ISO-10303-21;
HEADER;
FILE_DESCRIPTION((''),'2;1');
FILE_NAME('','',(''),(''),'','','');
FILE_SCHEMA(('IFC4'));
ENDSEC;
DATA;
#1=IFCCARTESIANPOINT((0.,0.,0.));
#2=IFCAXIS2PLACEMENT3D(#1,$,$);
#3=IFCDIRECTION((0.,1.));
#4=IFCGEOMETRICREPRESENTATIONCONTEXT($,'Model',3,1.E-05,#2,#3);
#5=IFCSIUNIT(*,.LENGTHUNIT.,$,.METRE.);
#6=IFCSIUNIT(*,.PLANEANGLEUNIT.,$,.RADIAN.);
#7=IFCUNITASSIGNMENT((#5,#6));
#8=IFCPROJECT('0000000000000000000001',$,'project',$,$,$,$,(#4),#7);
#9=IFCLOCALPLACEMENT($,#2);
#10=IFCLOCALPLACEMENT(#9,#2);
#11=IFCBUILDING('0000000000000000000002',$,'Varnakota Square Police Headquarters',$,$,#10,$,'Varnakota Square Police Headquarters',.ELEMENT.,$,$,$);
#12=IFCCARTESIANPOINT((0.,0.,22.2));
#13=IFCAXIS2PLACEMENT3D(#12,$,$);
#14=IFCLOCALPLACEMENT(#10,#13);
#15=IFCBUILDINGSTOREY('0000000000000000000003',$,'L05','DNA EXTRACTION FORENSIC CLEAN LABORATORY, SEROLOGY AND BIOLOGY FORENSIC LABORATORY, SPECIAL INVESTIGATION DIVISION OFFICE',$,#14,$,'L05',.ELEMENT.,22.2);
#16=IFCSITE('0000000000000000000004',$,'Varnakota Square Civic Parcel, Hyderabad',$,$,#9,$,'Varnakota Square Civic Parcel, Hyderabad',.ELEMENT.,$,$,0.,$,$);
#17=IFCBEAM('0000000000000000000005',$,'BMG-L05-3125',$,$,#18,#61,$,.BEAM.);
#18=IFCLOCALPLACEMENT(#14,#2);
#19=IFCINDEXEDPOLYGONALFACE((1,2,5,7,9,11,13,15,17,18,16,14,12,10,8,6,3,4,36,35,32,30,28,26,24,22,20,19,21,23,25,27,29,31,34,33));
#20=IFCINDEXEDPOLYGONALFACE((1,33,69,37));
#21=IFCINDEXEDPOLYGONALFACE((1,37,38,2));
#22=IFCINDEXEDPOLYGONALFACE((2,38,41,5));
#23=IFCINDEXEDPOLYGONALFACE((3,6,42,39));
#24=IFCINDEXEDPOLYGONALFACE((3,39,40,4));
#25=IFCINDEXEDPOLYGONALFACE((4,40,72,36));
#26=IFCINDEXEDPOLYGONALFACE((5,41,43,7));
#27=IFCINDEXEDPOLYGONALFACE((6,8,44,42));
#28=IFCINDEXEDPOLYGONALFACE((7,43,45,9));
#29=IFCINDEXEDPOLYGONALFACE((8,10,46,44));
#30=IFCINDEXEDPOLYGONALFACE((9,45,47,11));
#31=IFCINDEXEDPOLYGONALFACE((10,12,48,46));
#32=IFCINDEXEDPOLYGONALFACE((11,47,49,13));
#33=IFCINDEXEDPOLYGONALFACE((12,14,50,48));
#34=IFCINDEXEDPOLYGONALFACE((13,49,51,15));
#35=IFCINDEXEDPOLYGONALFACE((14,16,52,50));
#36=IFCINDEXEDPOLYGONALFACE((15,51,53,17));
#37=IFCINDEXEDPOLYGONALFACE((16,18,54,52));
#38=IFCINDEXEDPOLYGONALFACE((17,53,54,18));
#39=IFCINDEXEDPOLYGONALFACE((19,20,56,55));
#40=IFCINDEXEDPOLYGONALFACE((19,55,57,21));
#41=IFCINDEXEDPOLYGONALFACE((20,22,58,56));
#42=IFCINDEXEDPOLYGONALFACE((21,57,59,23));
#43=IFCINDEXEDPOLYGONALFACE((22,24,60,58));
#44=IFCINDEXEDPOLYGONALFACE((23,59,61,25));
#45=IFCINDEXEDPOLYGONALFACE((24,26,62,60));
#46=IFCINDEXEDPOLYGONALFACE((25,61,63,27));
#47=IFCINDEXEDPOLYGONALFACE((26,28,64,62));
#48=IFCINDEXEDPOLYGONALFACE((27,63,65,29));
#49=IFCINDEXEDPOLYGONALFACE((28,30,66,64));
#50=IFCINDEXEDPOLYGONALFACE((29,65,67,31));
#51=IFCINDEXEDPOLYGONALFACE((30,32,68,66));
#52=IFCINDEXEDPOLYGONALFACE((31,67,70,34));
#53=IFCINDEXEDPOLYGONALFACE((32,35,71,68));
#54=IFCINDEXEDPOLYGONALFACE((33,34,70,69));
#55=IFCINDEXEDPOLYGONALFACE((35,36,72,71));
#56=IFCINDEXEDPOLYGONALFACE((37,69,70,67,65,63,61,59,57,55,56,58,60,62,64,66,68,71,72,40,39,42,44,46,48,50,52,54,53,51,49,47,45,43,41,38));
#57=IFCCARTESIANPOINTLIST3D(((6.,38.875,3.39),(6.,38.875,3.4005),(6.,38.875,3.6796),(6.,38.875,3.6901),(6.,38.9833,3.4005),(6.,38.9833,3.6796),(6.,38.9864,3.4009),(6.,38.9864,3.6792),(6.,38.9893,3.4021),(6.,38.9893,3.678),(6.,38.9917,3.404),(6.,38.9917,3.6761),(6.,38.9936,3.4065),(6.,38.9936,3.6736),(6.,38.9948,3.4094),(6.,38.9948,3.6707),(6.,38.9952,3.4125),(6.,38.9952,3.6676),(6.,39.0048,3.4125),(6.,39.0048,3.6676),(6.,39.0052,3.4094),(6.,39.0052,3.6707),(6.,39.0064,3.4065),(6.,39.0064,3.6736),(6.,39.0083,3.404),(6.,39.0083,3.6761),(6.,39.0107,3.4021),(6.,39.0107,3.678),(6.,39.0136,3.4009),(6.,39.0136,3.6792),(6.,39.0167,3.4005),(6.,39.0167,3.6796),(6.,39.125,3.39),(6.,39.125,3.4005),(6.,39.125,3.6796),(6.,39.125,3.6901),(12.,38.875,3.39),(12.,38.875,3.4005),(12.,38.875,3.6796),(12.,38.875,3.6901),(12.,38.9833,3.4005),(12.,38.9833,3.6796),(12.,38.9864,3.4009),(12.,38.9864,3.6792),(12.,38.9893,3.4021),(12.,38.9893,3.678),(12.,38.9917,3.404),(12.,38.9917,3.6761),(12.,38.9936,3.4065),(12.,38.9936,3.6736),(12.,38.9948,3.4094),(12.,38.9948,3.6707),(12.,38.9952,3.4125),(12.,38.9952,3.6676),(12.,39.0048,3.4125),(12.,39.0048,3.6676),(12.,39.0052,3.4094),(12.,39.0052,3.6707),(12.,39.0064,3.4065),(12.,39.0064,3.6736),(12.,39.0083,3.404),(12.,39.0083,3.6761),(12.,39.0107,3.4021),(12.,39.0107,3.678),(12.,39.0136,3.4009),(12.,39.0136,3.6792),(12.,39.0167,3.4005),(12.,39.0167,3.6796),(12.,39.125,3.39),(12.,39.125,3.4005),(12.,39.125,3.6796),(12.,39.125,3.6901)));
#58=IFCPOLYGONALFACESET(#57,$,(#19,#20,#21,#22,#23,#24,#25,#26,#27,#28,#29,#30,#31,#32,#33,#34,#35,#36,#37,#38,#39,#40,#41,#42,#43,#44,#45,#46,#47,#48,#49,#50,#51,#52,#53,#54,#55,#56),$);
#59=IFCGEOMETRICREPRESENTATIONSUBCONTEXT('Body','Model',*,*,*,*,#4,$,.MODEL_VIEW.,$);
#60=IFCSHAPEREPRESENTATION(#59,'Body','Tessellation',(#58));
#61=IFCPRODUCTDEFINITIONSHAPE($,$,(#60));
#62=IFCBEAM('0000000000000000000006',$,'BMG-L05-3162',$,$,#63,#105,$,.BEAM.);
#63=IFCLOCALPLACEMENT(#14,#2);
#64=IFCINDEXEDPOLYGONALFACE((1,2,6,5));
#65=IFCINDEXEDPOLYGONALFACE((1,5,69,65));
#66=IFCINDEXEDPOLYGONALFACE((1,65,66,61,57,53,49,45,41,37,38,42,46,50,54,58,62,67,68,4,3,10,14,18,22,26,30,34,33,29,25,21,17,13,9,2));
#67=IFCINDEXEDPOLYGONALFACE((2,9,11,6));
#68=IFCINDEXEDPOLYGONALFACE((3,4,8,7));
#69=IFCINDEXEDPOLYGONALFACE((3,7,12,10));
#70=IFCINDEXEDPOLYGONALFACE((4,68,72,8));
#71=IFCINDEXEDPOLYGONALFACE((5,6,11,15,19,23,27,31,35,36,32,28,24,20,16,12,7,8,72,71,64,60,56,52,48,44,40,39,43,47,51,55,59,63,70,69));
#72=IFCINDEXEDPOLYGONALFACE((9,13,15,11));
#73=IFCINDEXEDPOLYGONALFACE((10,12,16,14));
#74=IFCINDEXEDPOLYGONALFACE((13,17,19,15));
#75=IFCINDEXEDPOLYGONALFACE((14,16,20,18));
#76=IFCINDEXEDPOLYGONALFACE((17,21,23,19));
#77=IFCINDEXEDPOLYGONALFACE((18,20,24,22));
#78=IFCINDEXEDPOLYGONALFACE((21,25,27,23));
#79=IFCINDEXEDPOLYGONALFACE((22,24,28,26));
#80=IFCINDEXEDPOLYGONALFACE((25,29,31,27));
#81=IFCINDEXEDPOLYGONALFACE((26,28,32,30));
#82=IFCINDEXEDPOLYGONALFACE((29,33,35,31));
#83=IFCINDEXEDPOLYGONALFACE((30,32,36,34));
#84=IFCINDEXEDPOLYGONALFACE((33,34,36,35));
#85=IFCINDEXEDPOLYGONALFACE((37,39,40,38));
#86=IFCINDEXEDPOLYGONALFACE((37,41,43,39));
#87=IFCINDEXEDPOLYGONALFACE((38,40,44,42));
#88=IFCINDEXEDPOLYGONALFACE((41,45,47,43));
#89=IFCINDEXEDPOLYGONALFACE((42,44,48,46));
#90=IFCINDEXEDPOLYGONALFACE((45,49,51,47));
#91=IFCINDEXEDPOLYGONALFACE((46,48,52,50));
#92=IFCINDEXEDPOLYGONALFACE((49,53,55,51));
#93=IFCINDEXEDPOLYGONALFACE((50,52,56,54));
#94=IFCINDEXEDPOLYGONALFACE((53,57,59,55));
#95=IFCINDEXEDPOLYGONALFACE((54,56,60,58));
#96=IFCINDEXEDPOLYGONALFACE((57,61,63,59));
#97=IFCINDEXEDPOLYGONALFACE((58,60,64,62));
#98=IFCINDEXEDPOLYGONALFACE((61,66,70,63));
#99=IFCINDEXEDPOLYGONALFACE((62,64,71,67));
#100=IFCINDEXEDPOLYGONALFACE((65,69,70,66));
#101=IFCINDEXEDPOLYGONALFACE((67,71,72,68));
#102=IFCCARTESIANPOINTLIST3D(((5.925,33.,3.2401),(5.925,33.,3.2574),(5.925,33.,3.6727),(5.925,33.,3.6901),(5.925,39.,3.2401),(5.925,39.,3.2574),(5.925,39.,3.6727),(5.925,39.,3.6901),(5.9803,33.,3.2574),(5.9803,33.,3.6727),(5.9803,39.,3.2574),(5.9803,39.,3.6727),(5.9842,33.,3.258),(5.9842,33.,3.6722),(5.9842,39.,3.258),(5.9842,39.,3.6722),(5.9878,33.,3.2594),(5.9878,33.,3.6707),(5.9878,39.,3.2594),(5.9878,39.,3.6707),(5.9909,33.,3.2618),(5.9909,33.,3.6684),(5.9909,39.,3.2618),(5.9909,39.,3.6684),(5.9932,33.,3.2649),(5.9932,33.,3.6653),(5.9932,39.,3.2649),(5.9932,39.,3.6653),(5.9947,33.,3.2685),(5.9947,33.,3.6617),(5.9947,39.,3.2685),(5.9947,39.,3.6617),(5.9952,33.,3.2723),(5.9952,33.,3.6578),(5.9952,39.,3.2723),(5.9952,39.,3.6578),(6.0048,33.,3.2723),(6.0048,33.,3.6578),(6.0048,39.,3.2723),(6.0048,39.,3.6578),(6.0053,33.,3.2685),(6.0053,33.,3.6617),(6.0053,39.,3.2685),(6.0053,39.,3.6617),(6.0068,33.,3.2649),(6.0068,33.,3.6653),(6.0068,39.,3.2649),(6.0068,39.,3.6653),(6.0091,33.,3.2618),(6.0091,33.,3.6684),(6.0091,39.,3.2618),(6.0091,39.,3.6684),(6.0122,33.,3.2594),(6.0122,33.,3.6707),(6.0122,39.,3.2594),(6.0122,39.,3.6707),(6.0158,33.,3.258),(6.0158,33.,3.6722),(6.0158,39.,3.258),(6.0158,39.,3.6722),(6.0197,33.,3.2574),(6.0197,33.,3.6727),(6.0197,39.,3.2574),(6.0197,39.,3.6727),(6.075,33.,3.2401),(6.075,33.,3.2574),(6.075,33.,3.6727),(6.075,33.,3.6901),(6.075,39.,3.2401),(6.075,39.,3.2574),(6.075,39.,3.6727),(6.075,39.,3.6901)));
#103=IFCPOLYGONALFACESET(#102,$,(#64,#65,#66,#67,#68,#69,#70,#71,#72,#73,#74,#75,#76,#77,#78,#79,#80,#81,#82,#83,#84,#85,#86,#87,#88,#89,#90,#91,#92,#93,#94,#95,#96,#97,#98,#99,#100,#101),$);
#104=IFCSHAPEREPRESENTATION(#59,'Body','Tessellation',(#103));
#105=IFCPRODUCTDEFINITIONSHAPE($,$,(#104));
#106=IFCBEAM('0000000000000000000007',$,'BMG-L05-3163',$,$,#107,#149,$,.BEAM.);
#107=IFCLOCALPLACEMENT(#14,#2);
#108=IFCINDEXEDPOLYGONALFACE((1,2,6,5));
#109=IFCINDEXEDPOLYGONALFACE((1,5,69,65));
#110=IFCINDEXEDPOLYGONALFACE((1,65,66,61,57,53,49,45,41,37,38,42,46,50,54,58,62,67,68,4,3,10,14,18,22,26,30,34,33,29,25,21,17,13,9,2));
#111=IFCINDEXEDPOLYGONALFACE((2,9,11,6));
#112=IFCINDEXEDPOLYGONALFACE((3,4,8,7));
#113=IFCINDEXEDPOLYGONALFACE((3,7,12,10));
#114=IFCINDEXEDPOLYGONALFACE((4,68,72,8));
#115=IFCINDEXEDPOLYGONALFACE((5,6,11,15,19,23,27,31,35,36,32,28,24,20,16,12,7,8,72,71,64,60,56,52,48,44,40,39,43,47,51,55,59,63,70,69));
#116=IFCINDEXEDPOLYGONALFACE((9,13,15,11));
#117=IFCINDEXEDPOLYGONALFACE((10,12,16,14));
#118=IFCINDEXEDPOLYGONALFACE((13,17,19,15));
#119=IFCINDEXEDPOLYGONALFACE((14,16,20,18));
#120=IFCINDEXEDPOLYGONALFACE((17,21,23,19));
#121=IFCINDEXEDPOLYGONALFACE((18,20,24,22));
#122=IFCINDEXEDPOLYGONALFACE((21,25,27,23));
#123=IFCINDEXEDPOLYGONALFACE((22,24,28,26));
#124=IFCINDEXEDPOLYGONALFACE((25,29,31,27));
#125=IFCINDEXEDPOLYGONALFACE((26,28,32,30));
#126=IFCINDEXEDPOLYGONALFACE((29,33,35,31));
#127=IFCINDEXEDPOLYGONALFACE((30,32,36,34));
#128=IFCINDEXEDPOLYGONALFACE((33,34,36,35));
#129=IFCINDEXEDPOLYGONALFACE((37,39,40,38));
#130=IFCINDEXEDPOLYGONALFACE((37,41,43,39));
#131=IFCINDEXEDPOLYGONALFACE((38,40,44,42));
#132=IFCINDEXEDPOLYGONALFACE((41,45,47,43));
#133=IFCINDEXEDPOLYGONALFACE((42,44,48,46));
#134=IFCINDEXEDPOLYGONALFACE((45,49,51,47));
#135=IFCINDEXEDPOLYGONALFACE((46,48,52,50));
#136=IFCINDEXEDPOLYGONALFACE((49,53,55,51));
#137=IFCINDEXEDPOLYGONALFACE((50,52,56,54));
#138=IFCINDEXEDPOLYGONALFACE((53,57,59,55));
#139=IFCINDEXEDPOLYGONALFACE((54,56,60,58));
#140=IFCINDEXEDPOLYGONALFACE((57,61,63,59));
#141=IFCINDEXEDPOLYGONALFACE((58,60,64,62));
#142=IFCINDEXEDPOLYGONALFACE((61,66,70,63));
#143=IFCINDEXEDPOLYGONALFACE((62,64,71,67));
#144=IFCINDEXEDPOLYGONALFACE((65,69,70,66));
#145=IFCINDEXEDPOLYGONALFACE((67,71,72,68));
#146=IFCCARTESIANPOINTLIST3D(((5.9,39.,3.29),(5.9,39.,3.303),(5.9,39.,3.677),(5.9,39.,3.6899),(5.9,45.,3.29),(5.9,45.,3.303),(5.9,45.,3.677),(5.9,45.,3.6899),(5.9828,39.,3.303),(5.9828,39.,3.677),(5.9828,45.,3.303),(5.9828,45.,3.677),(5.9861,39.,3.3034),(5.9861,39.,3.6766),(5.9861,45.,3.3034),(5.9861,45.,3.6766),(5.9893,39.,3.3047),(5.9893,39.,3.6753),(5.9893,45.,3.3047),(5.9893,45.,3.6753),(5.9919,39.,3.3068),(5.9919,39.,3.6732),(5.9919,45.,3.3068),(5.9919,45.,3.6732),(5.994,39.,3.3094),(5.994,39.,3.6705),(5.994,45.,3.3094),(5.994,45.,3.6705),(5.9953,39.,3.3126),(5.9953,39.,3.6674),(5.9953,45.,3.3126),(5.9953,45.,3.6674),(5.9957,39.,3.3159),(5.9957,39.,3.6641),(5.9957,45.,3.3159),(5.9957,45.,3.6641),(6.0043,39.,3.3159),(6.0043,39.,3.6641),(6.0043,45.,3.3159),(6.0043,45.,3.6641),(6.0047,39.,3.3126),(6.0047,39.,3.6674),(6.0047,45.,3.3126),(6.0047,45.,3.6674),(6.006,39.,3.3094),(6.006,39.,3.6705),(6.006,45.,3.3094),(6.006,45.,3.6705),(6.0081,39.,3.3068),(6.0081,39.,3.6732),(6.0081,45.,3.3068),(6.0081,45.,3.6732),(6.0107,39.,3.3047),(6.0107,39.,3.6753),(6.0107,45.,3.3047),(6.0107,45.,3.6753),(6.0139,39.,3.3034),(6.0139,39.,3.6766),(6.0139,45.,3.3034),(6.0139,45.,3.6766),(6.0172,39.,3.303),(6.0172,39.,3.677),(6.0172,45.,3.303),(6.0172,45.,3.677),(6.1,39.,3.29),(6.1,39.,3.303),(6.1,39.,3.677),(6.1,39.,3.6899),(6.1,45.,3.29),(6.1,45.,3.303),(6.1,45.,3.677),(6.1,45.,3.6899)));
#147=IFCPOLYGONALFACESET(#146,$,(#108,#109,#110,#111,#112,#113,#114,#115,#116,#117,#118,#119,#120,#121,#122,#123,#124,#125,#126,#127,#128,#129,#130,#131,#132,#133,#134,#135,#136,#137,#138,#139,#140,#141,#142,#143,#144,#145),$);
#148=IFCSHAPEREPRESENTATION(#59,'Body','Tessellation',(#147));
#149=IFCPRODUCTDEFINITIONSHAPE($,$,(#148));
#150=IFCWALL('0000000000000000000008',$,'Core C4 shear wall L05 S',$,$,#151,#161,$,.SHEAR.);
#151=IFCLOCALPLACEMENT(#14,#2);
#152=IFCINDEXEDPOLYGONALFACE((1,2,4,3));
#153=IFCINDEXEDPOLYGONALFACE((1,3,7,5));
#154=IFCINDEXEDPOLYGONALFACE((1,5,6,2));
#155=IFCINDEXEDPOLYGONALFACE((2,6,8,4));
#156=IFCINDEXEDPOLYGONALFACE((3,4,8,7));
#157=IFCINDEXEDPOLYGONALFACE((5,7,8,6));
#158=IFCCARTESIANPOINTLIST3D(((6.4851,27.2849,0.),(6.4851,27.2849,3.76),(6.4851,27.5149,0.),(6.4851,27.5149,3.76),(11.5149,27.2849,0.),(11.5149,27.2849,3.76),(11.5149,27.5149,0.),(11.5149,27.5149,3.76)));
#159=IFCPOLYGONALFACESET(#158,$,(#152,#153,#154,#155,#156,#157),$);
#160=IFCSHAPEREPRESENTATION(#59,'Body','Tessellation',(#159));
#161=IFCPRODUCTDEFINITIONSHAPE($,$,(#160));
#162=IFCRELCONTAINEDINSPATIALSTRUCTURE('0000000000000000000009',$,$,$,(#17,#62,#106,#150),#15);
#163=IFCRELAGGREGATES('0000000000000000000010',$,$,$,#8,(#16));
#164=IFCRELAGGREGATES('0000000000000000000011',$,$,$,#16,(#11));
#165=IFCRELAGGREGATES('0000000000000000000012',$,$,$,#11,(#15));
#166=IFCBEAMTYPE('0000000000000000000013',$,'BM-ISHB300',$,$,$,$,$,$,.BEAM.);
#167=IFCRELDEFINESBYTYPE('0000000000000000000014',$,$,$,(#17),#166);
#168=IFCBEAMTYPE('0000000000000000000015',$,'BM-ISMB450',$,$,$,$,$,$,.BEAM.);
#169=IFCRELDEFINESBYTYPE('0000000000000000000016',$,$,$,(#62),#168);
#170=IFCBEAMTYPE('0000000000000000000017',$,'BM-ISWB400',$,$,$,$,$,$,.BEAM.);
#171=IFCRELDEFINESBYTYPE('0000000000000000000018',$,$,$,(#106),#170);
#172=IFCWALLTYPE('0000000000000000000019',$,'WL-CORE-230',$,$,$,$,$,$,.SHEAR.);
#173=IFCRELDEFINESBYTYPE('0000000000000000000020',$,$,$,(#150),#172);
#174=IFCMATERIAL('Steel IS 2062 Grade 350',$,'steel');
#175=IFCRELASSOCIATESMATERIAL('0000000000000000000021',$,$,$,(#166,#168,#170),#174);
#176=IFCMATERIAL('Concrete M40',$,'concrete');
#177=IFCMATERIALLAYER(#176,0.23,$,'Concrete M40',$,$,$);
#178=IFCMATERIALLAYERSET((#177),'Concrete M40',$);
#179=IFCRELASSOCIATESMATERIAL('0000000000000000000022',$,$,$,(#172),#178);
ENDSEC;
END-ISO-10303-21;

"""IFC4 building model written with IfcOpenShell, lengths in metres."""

from ifc_helpers import new_model, si_unit, direction, frame, frame_2d, origin, origin_2d, place, context, subcontext, project, spatial, rectangle, i_section, extrude, material, layer, layer_set, material_profile, profile_set, type_object, element, save


model = new_model("IFC4")

# Units and contexts
model_context = context("Model", 3, precision=1e-05, world=origin(), true_north=direction((0.0, 1.0)))
body_context = subcontext(model_context, "Body", "Model", "MODEL_VIEW")
ifc_project = project(units=[si_unit("LENGTHUNIT", "METRE"), si_unit("PLANEANGLEUNIT", "RADIAN")], contexts=[model_context])

# Site, building, storey
site_placement = place(None, origin())
site = spatial("IfcSite", under=ifc_project, at=site_placement, Name="Varnakota Square Civic Parcel, Hyderabad", LongName="Varnakota Square Civic Parcel, Hyderabad", CompositionType="ELEMENT", RefElevation=0.0)
building_placement = place(site_placement, origin())
building = spatial("IfcBuilding", under=site, at=building_placement, Name="Varnakota Square Police Headquarters", LongName="Varnakota Square Police Headquarters", CompositionType="ELEMENT")
storey_placement = place(building_placement, frame((0.0, 0.0, 22.2)))
storey = spatial("IfcBuildingStorey", under=building, at=storey_placement, Name="L05", Description="DNA EXTRACTION FORENSIC CLEAN LABORATORY, SEROLOGY AND BIOLOGY FORENSIC LABORATORY, SPECIAL INVESTIGATION DIVISION OFFICE", LongName="L05", CompositionType="ELEMENT", Elevation=22.2)

# Shared definitions
ifc_material_1 = material(Name="Steel IS 2062 Grade 350", Category="steel")

# Beams
ifc_material_profile_1 = material_profile(ifc_material_1, i_section(OverallWidth=0.25, OverallDepth=0.3, WebThickness=0.0095, FlangeThickness=0.0105, FilletRadius=0.012, at=origin_2d()), Name="ISHB 300")
ifc_profile_set_1 = profile_set([ifc_material_profile_1], Name="Steel IS 2062 Grade 350")
beam_type_1 = type_object("IfcBeamType", Name="BM-ISHB300", PredefinedType="BEAM", material=ifc_profile_set_1)
beam_1_placement = place(storey_placement, frame((6.0, 39.0, 3.54), z_axis=(1.0, 0.0, 0.0), x_axis=(0.0, 1.0, 0.0)))
element("IfcBeam", 1, at=beam_1_placement, inside=storey, type_object=beam_type_1, Name="BMG-L05-3125", PredefinedType="BEAM", context=body_context, shape_type="SweptSolid", body=[
    extrude(i_section(OverallWidth=0.25, OverallDepth=0.3, WebThickness=0.0095, FlangeThickness=0.0105, FilletRadius=0.012, at=origin_2d()), origin(), (0.0, 0.0, 1.0), 6.0),
])
ifc_material_profile_2 = material_profile(ifc_material_1, i_section(OverallWidth=0.1499, OverallDepth=0.45, WebThickness=0.0095, FlangeThickness=0.0173, FilletRadius=0.0149, at=origin_2d()), Name="ISMB 450")
ifc_profile_set_2 = profile_set([ifc_material_profile_2], Name="Steel IS 2062 Grade 350")
beam_type_2 = type_object("IfcBeamType", Name="BM-ISMB450", PredefinedType="BEAM", material=ifc_profile_set_2)
beam_2_placement = place(storey_placement, frame((6.0, 33.0, 3.4651), z_axis=(0.0, 1.0, 0.0), x_axis=(-1.0, 0.0, 0.0)))
element("IfcBeam", 2, at=beam_2_placement, inside=storey, type_object=beam_type_2, Name="BMG-L05-3162", PredefinedType="BEAM", context=body_context, shape_type="SweptSolid", body=[
    extrude(i_section(OverallWidth=0.1499, OverallDepth=0.45, WebThickness=0.0095, FlangeThickness=0.0173, FilletRadius=0.0149, at=origin_2d()), origin(), (0.0, 0.0, 1.0), 6.0),
])
ifc_material_profile_3 = material_profile(ifc_material_1, i_section(OverallWidth=0.2, OverallDepth=0.3999, WebThickness=0.0085, FlangeThickness=0.0129, FilletRadius=0.0129, at=origin_2d()), Name="ISWB 400")
ifc_profile_set_3 = profile_set([ifc_material_profile_3], Name="Steel IS 2062 Grade 350")
beam_type_3 = type_object("IfcBeamType", Name="BM-ISWB400", PredefinedType="BEAM", material=ifc_profile_set_3)
beam_3_placement = place(storey_placement, frame((6.0, 39.0, 3.49), z_axis=(0.0, 1.0, 0.0), x_axis=(-1.0, 0.0, 0.0)))
element("IfcBeam", 3, at=beam_3_placement, inside=storey, type_object=beam_type_3, Name="BMG-L05-3163", PredefinedType="BEAM", context=body_context, shape_type="SweptSolid", body=[
    extrude(i_section(OverallWidth=0.2, OverallDepth=0.3999, WebThickness=0.0085, FlangeThickness=0.0129, FilletRadius=0.0129, at=origin_2d()), origin(), (0.0, 0.0, 1.0), 6.0),
])

# Wall
ifc_material_2 = material(Name="Concrete M40", Category="concrete")
ifc_layer_1 = layer(ifc_material_2, 0.23, Name="Concrete M40")
ifc_layer_set_1 = layer_set([ifc_layer_1], Name="Concrete M40")
wall_type_1 = type_object("IfcWallType", Name="WL-CORE-230", PredefinedType="SHEAR", material=ifc_layer_set_1)
wall_1_placement = place(storey_placement, frame((6.4851, 27.3999, 0.0), z_axis=(0.0, 0.0, 1.0), x_axis=(1.0, 0.0, 0.0)))
element("IfcWall", 4, at=wall_1_placement, inside=storey, type_object=wall_type_1, Name="Core C4 shear wall L05 S", PredefinedType="SHEAR", context=body_context, shape_type="SweptSolid", body=[
    extrude(rectangle(XDim=5.0298, YDim=0.23, at=frame_2d((2.5149, 0.0))), origin(), (0.0, 0.0, 1.0), 3.76),
])

save(model, "model.ifc")
